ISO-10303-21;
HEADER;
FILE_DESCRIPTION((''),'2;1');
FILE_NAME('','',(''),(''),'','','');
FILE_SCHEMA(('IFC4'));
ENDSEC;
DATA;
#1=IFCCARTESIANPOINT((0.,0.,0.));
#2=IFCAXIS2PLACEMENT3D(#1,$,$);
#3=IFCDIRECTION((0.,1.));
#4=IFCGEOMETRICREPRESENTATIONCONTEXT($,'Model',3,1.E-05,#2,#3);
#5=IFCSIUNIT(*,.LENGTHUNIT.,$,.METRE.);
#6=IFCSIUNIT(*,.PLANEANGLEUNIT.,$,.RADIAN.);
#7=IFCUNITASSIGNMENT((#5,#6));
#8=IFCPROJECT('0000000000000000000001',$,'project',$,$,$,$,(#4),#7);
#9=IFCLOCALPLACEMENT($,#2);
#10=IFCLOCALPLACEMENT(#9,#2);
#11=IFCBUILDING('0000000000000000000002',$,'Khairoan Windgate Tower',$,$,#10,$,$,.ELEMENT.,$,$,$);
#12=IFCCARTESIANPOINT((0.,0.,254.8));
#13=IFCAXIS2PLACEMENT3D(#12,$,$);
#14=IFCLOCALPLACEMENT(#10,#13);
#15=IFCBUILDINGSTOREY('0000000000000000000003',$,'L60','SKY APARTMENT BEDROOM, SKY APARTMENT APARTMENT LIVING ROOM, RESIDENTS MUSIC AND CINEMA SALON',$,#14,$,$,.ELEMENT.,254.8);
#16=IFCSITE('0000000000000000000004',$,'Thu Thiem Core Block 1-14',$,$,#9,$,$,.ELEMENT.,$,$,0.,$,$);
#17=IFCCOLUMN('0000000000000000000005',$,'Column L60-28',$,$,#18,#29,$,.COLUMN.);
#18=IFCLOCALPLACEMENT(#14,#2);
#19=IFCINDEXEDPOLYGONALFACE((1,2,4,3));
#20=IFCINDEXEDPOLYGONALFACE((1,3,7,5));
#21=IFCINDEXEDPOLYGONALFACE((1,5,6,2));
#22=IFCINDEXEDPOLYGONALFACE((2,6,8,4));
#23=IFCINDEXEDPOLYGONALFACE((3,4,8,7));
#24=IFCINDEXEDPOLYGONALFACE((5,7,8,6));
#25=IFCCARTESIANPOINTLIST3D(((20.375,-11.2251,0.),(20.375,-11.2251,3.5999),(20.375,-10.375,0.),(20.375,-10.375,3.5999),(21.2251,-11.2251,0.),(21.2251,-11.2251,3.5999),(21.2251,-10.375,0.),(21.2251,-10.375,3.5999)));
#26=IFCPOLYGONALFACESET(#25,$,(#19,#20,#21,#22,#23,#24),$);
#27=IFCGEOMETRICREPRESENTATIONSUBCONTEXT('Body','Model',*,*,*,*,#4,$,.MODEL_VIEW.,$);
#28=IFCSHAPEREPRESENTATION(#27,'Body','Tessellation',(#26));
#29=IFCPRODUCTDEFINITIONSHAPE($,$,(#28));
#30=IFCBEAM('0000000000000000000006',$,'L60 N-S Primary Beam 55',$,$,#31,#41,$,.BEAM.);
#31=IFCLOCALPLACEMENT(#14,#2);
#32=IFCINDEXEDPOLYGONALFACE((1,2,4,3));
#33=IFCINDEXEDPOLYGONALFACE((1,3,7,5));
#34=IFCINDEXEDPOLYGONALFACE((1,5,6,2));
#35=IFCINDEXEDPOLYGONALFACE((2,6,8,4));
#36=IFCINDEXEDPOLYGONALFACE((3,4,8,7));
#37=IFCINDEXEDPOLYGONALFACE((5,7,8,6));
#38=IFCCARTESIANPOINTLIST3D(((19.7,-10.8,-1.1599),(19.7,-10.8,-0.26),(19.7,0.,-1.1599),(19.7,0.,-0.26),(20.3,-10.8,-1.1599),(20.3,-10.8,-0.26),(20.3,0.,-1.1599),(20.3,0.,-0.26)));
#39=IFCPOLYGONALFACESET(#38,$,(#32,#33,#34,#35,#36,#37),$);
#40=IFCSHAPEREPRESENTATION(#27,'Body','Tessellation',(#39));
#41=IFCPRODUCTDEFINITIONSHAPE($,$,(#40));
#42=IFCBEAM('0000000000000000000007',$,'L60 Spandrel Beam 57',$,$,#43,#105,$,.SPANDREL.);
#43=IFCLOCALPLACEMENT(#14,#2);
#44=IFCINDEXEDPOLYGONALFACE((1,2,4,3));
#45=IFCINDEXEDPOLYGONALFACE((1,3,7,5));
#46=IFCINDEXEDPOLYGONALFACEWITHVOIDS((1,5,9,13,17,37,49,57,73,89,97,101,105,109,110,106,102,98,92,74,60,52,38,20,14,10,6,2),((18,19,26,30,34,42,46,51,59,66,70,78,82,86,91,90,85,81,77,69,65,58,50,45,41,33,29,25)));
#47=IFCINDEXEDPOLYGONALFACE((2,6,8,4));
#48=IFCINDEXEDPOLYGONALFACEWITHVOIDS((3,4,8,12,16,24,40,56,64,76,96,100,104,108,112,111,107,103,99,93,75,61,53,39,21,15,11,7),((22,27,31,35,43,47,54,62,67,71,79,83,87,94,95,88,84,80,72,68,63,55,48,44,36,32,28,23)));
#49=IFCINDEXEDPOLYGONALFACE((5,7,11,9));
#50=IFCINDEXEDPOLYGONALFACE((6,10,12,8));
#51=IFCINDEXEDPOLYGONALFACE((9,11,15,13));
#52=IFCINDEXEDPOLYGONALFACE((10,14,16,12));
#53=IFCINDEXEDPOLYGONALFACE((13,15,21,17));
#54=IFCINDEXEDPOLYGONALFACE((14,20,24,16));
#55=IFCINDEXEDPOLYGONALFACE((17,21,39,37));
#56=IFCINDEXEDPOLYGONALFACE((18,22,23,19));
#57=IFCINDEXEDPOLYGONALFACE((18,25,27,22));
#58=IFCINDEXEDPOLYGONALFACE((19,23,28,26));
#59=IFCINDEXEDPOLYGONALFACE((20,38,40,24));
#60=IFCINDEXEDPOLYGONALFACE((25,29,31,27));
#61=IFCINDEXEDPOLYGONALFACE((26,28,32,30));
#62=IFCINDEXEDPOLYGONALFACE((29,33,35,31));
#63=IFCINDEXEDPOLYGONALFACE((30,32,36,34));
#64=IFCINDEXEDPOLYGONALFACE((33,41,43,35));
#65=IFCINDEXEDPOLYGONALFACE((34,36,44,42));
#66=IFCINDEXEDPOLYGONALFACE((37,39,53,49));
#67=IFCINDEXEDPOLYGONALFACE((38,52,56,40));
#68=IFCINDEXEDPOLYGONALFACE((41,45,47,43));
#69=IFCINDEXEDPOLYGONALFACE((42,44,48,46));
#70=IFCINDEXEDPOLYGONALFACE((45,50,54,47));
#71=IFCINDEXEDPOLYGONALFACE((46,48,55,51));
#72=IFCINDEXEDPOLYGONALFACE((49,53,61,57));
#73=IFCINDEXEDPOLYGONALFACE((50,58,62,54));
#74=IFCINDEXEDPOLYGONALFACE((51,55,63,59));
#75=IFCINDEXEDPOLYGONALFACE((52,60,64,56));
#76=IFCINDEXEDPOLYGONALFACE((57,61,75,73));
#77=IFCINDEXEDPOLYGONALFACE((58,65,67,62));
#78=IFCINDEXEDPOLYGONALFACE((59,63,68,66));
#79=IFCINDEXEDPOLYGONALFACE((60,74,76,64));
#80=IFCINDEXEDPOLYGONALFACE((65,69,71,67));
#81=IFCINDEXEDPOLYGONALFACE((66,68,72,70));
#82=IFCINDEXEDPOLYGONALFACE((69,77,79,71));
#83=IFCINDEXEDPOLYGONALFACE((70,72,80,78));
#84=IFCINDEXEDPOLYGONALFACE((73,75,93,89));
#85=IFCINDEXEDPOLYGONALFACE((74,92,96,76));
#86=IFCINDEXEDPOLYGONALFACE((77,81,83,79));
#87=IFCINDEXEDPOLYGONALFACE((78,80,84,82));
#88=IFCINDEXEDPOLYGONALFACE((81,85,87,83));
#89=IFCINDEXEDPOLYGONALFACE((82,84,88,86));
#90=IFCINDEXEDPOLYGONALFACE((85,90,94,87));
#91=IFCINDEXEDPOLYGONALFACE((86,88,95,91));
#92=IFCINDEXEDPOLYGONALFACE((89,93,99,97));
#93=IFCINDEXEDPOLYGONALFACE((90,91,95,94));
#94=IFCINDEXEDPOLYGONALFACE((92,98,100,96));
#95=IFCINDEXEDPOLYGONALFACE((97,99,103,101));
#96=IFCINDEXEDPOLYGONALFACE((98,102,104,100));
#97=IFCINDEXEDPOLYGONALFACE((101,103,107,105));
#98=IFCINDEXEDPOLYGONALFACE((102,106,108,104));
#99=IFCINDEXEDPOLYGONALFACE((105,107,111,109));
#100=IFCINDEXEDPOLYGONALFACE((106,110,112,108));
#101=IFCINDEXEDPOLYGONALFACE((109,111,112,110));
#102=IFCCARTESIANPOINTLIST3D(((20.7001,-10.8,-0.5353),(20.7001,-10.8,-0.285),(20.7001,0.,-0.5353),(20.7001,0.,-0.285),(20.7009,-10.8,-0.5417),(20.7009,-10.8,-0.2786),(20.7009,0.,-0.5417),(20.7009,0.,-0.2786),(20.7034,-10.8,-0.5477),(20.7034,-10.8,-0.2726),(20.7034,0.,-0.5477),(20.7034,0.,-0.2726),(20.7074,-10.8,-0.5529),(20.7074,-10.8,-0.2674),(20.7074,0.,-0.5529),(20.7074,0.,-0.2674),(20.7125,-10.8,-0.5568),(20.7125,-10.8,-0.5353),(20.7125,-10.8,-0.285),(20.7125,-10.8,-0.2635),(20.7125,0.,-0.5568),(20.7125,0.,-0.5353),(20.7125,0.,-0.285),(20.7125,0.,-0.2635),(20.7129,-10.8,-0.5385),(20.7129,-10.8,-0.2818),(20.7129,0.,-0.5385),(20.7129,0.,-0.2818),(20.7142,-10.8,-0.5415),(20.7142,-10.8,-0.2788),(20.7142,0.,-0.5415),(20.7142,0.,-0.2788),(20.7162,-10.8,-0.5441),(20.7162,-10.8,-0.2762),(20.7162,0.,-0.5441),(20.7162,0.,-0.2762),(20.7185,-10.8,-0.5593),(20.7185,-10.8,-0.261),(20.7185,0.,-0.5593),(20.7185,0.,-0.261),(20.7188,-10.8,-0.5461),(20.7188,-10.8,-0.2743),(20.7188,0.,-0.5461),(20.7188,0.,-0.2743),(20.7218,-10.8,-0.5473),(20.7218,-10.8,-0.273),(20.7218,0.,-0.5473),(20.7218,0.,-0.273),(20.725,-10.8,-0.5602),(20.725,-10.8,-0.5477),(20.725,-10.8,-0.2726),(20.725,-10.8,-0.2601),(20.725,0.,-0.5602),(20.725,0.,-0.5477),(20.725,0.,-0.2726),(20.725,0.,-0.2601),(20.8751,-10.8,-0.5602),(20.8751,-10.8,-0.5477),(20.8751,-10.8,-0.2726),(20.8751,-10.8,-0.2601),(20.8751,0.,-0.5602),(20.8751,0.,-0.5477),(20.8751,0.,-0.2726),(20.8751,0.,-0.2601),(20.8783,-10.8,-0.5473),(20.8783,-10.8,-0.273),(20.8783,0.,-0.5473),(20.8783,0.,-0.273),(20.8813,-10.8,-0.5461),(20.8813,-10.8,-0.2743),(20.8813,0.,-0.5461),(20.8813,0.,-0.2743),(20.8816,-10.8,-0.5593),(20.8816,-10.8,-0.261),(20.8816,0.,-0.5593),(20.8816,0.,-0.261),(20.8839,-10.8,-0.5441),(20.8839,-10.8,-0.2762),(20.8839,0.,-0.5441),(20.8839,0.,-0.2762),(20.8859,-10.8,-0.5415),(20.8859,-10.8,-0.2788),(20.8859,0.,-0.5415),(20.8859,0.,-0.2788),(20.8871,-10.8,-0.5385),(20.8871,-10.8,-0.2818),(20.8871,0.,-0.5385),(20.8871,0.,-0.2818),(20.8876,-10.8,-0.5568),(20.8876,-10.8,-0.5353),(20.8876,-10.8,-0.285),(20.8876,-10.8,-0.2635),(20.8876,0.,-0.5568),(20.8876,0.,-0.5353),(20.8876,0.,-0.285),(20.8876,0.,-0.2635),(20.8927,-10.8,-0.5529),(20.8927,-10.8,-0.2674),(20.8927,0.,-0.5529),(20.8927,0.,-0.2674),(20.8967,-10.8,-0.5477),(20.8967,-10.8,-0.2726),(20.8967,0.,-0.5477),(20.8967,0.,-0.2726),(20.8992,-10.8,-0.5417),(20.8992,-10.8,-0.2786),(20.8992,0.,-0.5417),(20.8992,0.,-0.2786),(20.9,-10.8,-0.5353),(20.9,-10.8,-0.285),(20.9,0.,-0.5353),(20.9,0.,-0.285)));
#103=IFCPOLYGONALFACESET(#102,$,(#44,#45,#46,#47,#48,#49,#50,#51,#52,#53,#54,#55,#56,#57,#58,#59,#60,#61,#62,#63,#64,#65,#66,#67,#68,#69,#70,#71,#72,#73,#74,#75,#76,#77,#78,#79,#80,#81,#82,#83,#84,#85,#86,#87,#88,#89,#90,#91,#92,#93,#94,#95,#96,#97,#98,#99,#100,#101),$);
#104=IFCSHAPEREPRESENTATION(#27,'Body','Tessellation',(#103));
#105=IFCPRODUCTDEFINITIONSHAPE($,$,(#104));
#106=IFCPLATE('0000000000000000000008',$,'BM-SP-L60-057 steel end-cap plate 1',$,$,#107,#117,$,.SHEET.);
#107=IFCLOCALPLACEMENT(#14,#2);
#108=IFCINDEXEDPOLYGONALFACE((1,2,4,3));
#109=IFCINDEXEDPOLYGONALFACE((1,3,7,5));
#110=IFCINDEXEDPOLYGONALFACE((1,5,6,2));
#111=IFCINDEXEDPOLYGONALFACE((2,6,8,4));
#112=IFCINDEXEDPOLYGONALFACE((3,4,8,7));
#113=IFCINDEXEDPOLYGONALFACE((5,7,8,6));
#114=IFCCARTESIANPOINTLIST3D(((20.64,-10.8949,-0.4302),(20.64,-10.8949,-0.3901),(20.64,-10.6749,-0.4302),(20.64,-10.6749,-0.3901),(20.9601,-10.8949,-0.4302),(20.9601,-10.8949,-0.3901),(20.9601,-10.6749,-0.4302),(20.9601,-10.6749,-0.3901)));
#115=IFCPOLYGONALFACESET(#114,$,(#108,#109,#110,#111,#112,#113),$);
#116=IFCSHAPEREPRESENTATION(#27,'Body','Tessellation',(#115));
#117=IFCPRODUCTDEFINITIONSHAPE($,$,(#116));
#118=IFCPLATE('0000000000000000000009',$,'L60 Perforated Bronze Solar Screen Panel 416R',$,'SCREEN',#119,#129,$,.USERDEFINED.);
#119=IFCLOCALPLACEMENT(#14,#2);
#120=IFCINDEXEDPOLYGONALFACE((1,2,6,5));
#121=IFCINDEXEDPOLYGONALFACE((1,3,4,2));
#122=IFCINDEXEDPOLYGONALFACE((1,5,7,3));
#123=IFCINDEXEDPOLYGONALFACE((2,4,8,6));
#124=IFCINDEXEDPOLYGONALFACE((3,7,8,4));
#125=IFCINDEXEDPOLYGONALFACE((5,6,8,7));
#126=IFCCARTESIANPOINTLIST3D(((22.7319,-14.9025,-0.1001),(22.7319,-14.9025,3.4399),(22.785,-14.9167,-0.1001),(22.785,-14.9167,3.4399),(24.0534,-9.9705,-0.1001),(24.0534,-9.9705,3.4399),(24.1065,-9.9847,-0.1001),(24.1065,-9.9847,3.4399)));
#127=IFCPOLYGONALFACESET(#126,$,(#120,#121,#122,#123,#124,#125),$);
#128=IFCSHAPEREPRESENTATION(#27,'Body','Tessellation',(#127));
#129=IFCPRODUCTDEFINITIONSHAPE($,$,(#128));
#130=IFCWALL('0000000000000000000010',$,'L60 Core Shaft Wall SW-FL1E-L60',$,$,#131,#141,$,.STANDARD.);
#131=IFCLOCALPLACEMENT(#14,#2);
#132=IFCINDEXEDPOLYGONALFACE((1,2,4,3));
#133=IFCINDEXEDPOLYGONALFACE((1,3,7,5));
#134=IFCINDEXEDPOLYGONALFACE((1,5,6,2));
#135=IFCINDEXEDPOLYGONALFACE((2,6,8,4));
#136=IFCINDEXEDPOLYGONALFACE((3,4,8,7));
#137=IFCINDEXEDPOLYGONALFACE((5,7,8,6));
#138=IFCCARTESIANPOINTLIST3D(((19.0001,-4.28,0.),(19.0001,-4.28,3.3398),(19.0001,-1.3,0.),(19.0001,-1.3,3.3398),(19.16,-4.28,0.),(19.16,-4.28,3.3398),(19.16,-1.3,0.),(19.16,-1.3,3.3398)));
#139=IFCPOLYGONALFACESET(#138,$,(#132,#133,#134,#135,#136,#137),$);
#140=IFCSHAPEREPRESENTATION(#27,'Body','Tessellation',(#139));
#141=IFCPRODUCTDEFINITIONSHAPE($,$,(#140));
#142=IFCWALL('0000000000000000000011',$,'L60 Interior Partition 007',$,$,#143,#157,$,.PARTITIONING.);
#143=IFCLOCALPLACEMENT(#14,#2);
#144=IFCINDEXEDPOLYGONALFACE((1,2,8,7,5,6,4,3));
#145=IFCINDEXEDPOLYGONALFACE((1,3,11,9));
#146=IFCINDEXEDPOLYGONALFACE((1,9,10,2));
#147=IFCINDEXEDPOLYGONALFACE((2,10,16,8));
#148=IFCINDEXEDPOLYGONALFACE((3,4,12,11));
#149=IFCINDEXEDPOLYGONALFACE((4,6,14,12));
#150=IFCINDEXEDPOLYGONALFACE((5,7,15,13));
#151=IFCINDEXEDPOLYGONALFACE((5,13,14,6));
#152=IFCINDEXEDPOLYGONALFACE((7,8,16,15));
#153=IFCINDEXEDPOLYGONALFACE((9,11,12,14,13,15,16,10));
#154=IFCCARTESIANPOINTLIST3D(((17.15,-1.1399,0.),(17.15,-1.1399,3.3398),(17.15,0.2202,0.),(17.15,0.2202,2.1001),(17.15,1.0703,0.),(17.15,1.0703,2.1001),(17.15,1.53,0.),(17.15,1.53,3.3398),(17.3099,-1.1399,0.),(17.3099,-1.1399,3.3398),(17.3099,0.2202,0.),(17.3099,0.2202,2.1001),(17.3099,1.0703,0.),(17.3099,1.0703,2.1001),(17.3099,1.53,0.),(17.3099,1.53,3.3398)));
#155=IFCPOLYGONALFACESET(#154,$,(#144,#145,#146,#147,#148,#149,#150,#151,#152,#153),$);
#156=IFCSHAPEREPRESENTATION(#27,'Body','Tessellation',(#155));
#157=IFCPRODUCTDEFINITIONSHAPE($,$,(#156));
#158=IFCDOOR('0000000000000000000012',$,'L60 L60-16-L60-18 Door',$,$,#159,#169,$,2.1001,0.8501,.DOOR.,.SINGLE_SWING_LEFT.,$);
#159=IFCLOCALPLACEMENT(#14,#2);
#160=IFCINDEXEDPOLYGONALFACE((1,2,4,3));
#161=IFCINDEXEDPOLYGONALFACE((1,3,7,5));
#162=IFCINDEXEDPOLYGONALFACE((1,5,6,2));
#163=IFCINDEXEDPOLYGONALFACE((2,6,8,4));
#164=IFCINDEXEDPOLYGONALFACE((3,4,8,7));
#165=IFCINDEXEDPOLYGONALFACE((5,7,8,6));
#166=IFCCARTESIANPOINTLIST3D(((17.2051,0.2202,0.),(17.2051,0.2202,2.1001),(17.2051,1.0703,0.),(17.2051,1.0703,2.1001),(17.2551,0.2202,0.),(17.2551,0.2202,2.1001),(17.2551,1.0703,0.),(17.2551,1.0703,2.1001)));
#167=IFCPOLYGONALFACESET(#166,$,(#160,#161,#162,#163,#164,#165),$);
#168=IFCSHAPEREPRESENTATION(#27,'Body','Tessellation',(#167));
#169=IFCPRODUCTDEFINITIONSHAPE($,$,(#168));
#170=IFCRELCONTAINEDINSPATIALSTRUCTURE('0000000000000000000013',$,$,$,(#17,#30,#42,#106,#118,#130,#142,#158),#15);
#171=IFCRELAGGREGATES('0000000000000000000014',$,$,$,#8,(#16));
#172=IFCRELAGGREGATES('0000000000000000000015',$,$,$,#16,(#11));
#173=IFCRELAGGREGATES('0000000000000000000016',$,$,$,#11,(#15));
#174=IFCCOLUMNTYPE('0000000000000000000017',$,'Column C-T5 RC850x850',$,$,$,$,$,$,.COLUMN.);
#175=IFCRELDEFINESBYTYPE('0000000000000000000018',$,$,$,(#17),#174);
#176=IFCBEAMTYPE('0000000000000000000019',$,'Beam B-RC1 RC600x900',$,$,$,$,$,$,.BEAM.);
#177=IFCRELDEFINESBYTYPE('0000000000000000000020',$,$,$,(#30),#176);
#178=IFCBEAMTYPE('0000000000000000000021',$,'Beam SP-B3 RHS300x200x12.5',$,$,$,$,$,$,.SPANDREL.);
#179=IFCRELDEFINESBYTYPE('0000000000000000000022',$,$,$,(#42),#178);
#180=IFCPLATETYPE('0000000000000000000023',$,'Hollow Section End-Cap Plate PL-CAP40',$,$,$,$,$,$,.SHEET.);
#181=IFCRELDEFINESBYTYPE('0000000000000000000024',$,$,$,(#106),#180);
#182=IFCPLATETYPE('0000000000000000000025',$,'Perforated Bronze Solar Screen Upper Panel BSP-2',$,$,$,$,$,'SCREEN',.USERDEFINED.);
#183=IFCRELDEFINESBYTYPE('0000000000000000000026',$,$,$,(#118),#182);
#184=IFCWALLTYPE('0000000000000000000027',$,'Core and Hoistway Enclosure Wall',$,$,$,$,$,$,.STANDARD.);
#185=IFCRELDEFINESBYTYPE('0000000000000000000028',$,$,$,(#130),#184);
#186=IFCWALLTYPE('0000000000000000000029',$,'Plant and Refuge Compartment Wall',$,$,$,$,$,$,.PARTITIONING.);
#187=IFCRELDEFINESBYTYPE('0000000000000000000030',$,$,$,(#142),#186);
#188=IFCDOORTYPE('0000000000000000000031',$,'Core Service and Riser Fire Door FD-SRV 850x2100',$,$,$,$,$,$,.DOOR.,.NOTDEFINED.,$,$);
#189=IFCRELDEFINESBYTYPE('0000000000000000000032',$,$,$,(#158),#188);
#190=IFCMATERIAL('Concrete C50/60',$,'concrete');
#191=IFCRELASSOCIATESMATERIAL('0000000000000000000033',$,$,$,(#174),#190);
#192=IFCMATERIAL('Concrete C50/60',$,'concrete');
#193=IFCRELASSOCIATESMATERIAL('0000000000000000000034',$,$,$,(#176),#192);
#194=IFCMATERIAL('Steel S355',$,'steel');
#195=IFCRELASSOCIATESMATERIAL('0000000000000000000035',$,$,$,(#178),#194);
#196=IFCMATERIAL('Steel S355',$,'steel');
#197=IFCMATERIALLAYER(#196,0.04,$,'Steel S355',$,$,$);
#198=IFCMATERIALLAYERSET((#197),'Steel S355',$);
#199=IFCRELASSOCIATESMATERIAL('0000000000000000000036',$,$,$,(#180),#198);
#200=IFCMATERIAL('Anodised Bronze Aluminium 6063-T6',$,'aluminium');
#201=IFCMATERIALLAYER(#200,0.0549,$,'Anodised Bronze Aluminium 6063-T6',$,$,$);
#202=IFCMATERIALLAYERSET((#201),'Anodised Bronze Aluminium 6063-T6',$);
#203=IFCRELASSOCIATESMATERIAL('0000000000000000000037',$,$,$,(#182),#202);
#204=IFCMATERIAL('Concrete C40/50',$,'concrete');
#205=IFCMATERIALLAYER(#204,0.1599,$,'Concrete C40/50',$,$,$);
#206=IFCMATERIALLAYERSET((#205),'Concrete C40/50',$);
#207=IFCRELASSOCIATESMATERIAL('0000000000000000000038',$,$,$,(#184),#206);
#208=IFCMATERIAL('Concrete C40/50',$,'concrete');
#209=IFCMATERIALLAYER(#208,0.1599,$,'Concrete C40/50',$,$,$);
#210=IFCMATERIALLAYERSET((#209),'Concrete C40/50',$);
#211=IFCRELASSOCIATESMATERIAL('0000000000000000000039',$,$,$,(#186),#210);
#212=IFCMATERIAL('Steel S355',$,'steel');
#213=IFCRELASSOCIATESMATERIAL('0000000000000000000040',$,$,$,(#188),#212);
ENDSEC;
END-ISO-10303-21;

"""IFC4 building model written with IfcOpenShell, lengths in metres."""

from ifc_helpers import new_model, si_unit, direction, frame, frame_2d, origin, origin_2d, place, context, subcontext, project, spatial, rectangle, hollow_rectangle, extrude, material, layer, layer_set, material_profile, profile_set, type_object, element, fill, save


model = new_model("IFC4")

# Units and contexts
model_context = context("Model", 3, precision=1e-05, world=origin(), true_north=direction((0.0, 1.0)))
body_context = subcontext(model_context, "Body", "Model", "MODEL_VIEW")
ifc_project = project(units=[si_unit("LENGTHUNIT", "METRE"), si_unit("PLANEANGLEUNIT", "RADIAN")], contexts=[model_context])

# Site, building, storey
site_placement = place(None, origin())
site = spatial("IfcSite", under=ifc_project, at=site_placement, Name="Thu Thiem Core Block 1-14", CompositionType="ELEMENT", RefElevation=0.0)
building_placement = place(site_placement, origin())
building = spatial("IfcBuilding", under=site, at=building_placement, Name="Khairoan Windgate Tower", CompositionType="ELEMENT")
storey_placement = place(building_placement, frame((0.0, 0.0, 254.8)))
storey = spatial("IfcBuildingStorey", under=building, at=storey_placement, Name="L60", Description="SKY APARTMENT BEDROOM, SKY APARTMENT APARTMENT LIVING ROOM, RESIDENTS MUSIC AND CINEMA SALON", CompositionType="ELEMENT", Elevation=254.8)

# Column
ifc_material_1 = material(Name="Concrete C50/60", Category="concrete")
ifc_material_profile_1 = material_profile(ifc_material_1, rectangle(XDim=0.8501, YDim=0.8501, at=origin_2d()))
ifc_profile_set_1 = profile_set([ifc_material_profile_1], Name="Concrete C50/60")
column_type = type_object("IfcColumnType", Name="Column C-T5 RC850x850", PredefinedType="COLUMN", material=ifc_profile_set_1)
column_placement = place(storey_placement, frame((20.8, -10.8, 0.0), z_axis=(0.0, 0.0, 1.0), x_axis=(1.0, 0.0, 0.0)))
element("IfcColumn", 1, at=column_placement, inside=storey, type_object=column_type, Name="Column L60-28", PredefinedType="COLUMN", context=body_context, shape_type="SweptSolid", body=[
    extrude(rectangle(XDim=0.8501, YDim=0.8501, at=origin_2d()), origin(), (0.0, 0.0, 1.0), 3.5999),
])

# Beams
ifc_material_2 = material(Name="Concrete C50/60", Category="concrete")
ifc_material_profile_2 = material_profile(ifc_material_2, rectangle(XDim=0.6001, YDim=0.8999, at=origin_2d()))
ifc_profile_set_2 = profile_set([ifc_material_profile_2], Name="Concrete C50/60")
beam_type_1 = type_object("IfcBeamType", Name="Beam B-RC1 RC600x900", PredefinedType="BEAM", material=ifc_profile_set_2)
beam_1_placement = place(storey_placement, frame((20.0, -10.8, -0.71), z_axis=(0.0, 1.0, 0.0), x_axis=(-1.0, 0.0, 0.0)))
element("IfcBeam", 2, at=beam_1_placement, inside=storey, type_object=beam_type_1, Name="L60 N-S Primary Beam 55", PredefinedType="BEAM", context=body_context, shape_type="SweptSolid", body=[
    extrude(rectangle(XDim=0.6001, YDim=0.8999, at=origin_2d()), origin(), (0.0, 0.0, 1.0), 10.8),
])
ifc_material_3 = material(Name="Steel S355", Category="steel")
ifc_material_profile_3 = material_profile(ifc_material_3, hollow_rectangle(XDim=0.2, YDim=0.3, WallThickness=0.0125, InnerFilletRadius=0.0125, OuterFilletRadius=0.0249, at=origin_2d()))
ifc_profile_set_3 = profile_set([ifc_material_profile_3], Name="Steel S355")
beam_type_2 = type_object("IfcBeamType", Name="Beam SP-B3 RHS300x200x12.5", PredefinedType="SPANDREL", material=ifc_profile_set_3)
beam_2_placement = place(storey_placement, frame((20.8, -10.8, -0.4102), z_axis=(0.0, 1.0, 0.0), x_axis=(-1.0, 0.0, 0.0)))
element("IfcBeam", 3, at=beam_2_placement, inside=storey, type_object=beam_type_2, Name="L60 Spandrel Beam 57", PredefinedType="SPANDREL", context=body_context, shape_type="SweptSolid", body=[
    extrude(hollow_rectangle(XDim=0.2, YDim=0.3, WallThickness=0.0125, InnerFilletRadius=0.0125, OuterFilletRadius=0.0249, at=origin_2d()), origin(), (0.0, 0.0, 1.0), 10.8),
])

# Plates
ifc_material_4 = material(Name="Steel S355", Category="steel")
ifc_layer_1 = layer(ifc_material_4, 0.04, Name="Steel S355")
ifc_layer_set_1 = layer_set([ifc_layer_1], Name="Steel S355")
plate_type_1 = type_object("IfcPlateType", Name="Hollow Section End-Cap Plate PL-CAP40", PredefinedType="SHEET", material=ifc_layer_set_1)
plate_1_placement = place(storey_placement, frame((20.8, -10.7849, -0.4302), z_axis=(0.0, 0.0, 1.0), x_axis=(0.0, 1.0, 0.0)))
element("IfcPlate", 4, at=plate_1_placement, inside=storey, type_object=plate_type_1, Name="BM-SP-L60-057 steel end-cap plate 1", PredefinedType="SHEET", context=body_context, shape_type="SweptSolid", body=[
    extrude(rectangle(XDim=0.22, YDim=0.3201, at=origin_2d()), origin(), (0.0, 0.0, 1.0), 0.04),
])
ifc_material_5 = material(Name="Anodised Bronze Aluminium 6063-T6", Category="aluminium")
ifc_layer_2 = layer(ifc_material_5, 0.0549, Name="Anodised Bronze Aluminium 6063-T6")
ifc_layer_set_2 = layer_set([ifc_layer_2], Name="Anodised Bronze Aluminium 6063-T6")
plate_type_2 = type_object("IfcPlateType", Name="Perforated Bronze Solar Screen Upper Panel BSP-2", ElementType="SCREEN", PredefinedType="USERDEFINED", material=ifc_layer_set_2)
plate_2_placement = place(storey_placement, frame((23.4192, -12.4436, -0.1001), z_axis=(0.0, 0.0, 1.0), x_axis=(-0.258819, -0.965926, 0.0)))
element("IfcPlate", 5, at=plate_2_placement, inside=storey, type_object=plate_type_2, Name="L60 Perforated Bronze Solar Screen Panel 416R", ObjectType="SCREEN", PredefinedType="USERDEFINED", context=body_context, shape_type="SweptSolid", body=[
    extrude(rectangle(XDim=5.106, YDim=0.0549, at=origin_2d()), origin(), (0.0, 0.0, 1.0), 3.54),
])

# Wall
ifc_material_6 = material(Name="Concrete C40/50", Category="concrete")
ifc_layer_3 = layer(ifc_material_6, 0.1599, Name="Concrete C40/50")
ifc_layer_set_3 = layer_set([ifc_layer_3], Name="Concrete C40/50")
wall_type_1 = type_object("IfcWallType", Name="Core and Hoistway Enclosure Wall", PredefinedType="STANDARD", material=ifc_layer_set_3)
wall_1_placement = place(storey_placement, frame((19.0801, -4.28, 0.0), z_axis=(0.0, 0.0, 1.0), x_axis=(0.0, 1.0, 0.0)))
element("IfcWall", 6, at=wall_1_placement, inside=storey, type_object=wall_type_1, Name="L60 Core Shaft Wall SW-FL1E-L60", PredefinedType="STANDARD", context=body_context, shape_type="SweptSolid", body=[
    extrude(rectangle(XDim=2.98, YDim=0.1599, at=frame_2d((1.49, 0.0))), origin(), (0.0, 0.0, 1.0), 3.3398),
])

# Wall, opening, door
ifc_material_7 = material(Name="Concrete C40/50", Category="concrete")
ifc_layer_4 = layer(ifc_material_7, 0.1599, Name="Concrete C40/50")
ifc_layer_set_4 = layer_set([ifc_layer_4], Name="Concrete C40/50")
wall_type_2 = type_object("IfcWallType", Name="Plant and Refuge Compartment Wall", PredefinedType="PARTITIONING", material=ifc_layer_set_4)
wall_2_placement = place(storey_placement, frame((17.23, -1.1399, 0.0), z_axis=(0.0, 0.0, 1.0), x_axis=(0.0, 1.0, 0.0)))
wall_2 = element("IfcWall", 7, at=wall_2_placement, inside=storey, type_object=wall_type_2, Name="L60 Interior Partition 007", PredefinedType="PARTITIONING", context=body_context, shape_type="SweptSolid", body=[
    extrude(rectangle(XDim=2.6699, YDim=0.1599, at=frame_2d((1.335, 0.0))), origin(), (0.0, 0.0, 1.0), 3.3398),
])
opening_1_placement = place(wall_2_placement, frame((1.3601, 0.0, 0.0)))
opening_1 = element("IfcOpeningElement", 8, at=opening_1_placement, cuts=wall_2, PredefinedType="OPENING", context=body_context, shape_type="SweptSolid", body=[
    extrude(rectangle(XDim=0.8501, YDim=2.1001, at=frame_2d((0.425, 1.05))), frame((0.0, 0.0898, 0.0), z_axis=(0.0, -1.0, 0.0), x_axis=(1.0, 0.0, 0.0)), (0.0, 0.0, 1.0), 0.1799),
])
ifc_material_8 = material(Name="Steel S355", Category="steel")
door_type_1 = type_object("IfcDoorType", Name="Core Service and Riser Fire Door FD-SRV 850x2100", OperationType="NOTDEFINED", PredefinedType="DOOR", material=ifc_material_8)
door_1_placement = place(opening_1_placement, origin())
door_1 = element("IfcDoor", 9, at=door_1_placement, inside=storey, type_object=door_type_1, Name="L60 L60-16-L60-18 Door", OperationType="SINGLE_SWING_LEFT", OverallHeight=2.1001, OverallWidth=0.8501, PredefinedType="DOOR", context=body_context, shape_type="SweptSolid", body=[
    extrude(rectangle(XDim=0.8501, YDim=2.1001, at=frame_2d((0.425, 1.05))), frame((0.0, 0.0249, 0.0), z_axis=(0.0, -1.0, 0.0), x_axis=(1.0, 0.0, 0.0)), (0.0, 0.0, 1.0), 0.05),
])
fill(opening_1, door_1)

save(model, "model.ifc")
